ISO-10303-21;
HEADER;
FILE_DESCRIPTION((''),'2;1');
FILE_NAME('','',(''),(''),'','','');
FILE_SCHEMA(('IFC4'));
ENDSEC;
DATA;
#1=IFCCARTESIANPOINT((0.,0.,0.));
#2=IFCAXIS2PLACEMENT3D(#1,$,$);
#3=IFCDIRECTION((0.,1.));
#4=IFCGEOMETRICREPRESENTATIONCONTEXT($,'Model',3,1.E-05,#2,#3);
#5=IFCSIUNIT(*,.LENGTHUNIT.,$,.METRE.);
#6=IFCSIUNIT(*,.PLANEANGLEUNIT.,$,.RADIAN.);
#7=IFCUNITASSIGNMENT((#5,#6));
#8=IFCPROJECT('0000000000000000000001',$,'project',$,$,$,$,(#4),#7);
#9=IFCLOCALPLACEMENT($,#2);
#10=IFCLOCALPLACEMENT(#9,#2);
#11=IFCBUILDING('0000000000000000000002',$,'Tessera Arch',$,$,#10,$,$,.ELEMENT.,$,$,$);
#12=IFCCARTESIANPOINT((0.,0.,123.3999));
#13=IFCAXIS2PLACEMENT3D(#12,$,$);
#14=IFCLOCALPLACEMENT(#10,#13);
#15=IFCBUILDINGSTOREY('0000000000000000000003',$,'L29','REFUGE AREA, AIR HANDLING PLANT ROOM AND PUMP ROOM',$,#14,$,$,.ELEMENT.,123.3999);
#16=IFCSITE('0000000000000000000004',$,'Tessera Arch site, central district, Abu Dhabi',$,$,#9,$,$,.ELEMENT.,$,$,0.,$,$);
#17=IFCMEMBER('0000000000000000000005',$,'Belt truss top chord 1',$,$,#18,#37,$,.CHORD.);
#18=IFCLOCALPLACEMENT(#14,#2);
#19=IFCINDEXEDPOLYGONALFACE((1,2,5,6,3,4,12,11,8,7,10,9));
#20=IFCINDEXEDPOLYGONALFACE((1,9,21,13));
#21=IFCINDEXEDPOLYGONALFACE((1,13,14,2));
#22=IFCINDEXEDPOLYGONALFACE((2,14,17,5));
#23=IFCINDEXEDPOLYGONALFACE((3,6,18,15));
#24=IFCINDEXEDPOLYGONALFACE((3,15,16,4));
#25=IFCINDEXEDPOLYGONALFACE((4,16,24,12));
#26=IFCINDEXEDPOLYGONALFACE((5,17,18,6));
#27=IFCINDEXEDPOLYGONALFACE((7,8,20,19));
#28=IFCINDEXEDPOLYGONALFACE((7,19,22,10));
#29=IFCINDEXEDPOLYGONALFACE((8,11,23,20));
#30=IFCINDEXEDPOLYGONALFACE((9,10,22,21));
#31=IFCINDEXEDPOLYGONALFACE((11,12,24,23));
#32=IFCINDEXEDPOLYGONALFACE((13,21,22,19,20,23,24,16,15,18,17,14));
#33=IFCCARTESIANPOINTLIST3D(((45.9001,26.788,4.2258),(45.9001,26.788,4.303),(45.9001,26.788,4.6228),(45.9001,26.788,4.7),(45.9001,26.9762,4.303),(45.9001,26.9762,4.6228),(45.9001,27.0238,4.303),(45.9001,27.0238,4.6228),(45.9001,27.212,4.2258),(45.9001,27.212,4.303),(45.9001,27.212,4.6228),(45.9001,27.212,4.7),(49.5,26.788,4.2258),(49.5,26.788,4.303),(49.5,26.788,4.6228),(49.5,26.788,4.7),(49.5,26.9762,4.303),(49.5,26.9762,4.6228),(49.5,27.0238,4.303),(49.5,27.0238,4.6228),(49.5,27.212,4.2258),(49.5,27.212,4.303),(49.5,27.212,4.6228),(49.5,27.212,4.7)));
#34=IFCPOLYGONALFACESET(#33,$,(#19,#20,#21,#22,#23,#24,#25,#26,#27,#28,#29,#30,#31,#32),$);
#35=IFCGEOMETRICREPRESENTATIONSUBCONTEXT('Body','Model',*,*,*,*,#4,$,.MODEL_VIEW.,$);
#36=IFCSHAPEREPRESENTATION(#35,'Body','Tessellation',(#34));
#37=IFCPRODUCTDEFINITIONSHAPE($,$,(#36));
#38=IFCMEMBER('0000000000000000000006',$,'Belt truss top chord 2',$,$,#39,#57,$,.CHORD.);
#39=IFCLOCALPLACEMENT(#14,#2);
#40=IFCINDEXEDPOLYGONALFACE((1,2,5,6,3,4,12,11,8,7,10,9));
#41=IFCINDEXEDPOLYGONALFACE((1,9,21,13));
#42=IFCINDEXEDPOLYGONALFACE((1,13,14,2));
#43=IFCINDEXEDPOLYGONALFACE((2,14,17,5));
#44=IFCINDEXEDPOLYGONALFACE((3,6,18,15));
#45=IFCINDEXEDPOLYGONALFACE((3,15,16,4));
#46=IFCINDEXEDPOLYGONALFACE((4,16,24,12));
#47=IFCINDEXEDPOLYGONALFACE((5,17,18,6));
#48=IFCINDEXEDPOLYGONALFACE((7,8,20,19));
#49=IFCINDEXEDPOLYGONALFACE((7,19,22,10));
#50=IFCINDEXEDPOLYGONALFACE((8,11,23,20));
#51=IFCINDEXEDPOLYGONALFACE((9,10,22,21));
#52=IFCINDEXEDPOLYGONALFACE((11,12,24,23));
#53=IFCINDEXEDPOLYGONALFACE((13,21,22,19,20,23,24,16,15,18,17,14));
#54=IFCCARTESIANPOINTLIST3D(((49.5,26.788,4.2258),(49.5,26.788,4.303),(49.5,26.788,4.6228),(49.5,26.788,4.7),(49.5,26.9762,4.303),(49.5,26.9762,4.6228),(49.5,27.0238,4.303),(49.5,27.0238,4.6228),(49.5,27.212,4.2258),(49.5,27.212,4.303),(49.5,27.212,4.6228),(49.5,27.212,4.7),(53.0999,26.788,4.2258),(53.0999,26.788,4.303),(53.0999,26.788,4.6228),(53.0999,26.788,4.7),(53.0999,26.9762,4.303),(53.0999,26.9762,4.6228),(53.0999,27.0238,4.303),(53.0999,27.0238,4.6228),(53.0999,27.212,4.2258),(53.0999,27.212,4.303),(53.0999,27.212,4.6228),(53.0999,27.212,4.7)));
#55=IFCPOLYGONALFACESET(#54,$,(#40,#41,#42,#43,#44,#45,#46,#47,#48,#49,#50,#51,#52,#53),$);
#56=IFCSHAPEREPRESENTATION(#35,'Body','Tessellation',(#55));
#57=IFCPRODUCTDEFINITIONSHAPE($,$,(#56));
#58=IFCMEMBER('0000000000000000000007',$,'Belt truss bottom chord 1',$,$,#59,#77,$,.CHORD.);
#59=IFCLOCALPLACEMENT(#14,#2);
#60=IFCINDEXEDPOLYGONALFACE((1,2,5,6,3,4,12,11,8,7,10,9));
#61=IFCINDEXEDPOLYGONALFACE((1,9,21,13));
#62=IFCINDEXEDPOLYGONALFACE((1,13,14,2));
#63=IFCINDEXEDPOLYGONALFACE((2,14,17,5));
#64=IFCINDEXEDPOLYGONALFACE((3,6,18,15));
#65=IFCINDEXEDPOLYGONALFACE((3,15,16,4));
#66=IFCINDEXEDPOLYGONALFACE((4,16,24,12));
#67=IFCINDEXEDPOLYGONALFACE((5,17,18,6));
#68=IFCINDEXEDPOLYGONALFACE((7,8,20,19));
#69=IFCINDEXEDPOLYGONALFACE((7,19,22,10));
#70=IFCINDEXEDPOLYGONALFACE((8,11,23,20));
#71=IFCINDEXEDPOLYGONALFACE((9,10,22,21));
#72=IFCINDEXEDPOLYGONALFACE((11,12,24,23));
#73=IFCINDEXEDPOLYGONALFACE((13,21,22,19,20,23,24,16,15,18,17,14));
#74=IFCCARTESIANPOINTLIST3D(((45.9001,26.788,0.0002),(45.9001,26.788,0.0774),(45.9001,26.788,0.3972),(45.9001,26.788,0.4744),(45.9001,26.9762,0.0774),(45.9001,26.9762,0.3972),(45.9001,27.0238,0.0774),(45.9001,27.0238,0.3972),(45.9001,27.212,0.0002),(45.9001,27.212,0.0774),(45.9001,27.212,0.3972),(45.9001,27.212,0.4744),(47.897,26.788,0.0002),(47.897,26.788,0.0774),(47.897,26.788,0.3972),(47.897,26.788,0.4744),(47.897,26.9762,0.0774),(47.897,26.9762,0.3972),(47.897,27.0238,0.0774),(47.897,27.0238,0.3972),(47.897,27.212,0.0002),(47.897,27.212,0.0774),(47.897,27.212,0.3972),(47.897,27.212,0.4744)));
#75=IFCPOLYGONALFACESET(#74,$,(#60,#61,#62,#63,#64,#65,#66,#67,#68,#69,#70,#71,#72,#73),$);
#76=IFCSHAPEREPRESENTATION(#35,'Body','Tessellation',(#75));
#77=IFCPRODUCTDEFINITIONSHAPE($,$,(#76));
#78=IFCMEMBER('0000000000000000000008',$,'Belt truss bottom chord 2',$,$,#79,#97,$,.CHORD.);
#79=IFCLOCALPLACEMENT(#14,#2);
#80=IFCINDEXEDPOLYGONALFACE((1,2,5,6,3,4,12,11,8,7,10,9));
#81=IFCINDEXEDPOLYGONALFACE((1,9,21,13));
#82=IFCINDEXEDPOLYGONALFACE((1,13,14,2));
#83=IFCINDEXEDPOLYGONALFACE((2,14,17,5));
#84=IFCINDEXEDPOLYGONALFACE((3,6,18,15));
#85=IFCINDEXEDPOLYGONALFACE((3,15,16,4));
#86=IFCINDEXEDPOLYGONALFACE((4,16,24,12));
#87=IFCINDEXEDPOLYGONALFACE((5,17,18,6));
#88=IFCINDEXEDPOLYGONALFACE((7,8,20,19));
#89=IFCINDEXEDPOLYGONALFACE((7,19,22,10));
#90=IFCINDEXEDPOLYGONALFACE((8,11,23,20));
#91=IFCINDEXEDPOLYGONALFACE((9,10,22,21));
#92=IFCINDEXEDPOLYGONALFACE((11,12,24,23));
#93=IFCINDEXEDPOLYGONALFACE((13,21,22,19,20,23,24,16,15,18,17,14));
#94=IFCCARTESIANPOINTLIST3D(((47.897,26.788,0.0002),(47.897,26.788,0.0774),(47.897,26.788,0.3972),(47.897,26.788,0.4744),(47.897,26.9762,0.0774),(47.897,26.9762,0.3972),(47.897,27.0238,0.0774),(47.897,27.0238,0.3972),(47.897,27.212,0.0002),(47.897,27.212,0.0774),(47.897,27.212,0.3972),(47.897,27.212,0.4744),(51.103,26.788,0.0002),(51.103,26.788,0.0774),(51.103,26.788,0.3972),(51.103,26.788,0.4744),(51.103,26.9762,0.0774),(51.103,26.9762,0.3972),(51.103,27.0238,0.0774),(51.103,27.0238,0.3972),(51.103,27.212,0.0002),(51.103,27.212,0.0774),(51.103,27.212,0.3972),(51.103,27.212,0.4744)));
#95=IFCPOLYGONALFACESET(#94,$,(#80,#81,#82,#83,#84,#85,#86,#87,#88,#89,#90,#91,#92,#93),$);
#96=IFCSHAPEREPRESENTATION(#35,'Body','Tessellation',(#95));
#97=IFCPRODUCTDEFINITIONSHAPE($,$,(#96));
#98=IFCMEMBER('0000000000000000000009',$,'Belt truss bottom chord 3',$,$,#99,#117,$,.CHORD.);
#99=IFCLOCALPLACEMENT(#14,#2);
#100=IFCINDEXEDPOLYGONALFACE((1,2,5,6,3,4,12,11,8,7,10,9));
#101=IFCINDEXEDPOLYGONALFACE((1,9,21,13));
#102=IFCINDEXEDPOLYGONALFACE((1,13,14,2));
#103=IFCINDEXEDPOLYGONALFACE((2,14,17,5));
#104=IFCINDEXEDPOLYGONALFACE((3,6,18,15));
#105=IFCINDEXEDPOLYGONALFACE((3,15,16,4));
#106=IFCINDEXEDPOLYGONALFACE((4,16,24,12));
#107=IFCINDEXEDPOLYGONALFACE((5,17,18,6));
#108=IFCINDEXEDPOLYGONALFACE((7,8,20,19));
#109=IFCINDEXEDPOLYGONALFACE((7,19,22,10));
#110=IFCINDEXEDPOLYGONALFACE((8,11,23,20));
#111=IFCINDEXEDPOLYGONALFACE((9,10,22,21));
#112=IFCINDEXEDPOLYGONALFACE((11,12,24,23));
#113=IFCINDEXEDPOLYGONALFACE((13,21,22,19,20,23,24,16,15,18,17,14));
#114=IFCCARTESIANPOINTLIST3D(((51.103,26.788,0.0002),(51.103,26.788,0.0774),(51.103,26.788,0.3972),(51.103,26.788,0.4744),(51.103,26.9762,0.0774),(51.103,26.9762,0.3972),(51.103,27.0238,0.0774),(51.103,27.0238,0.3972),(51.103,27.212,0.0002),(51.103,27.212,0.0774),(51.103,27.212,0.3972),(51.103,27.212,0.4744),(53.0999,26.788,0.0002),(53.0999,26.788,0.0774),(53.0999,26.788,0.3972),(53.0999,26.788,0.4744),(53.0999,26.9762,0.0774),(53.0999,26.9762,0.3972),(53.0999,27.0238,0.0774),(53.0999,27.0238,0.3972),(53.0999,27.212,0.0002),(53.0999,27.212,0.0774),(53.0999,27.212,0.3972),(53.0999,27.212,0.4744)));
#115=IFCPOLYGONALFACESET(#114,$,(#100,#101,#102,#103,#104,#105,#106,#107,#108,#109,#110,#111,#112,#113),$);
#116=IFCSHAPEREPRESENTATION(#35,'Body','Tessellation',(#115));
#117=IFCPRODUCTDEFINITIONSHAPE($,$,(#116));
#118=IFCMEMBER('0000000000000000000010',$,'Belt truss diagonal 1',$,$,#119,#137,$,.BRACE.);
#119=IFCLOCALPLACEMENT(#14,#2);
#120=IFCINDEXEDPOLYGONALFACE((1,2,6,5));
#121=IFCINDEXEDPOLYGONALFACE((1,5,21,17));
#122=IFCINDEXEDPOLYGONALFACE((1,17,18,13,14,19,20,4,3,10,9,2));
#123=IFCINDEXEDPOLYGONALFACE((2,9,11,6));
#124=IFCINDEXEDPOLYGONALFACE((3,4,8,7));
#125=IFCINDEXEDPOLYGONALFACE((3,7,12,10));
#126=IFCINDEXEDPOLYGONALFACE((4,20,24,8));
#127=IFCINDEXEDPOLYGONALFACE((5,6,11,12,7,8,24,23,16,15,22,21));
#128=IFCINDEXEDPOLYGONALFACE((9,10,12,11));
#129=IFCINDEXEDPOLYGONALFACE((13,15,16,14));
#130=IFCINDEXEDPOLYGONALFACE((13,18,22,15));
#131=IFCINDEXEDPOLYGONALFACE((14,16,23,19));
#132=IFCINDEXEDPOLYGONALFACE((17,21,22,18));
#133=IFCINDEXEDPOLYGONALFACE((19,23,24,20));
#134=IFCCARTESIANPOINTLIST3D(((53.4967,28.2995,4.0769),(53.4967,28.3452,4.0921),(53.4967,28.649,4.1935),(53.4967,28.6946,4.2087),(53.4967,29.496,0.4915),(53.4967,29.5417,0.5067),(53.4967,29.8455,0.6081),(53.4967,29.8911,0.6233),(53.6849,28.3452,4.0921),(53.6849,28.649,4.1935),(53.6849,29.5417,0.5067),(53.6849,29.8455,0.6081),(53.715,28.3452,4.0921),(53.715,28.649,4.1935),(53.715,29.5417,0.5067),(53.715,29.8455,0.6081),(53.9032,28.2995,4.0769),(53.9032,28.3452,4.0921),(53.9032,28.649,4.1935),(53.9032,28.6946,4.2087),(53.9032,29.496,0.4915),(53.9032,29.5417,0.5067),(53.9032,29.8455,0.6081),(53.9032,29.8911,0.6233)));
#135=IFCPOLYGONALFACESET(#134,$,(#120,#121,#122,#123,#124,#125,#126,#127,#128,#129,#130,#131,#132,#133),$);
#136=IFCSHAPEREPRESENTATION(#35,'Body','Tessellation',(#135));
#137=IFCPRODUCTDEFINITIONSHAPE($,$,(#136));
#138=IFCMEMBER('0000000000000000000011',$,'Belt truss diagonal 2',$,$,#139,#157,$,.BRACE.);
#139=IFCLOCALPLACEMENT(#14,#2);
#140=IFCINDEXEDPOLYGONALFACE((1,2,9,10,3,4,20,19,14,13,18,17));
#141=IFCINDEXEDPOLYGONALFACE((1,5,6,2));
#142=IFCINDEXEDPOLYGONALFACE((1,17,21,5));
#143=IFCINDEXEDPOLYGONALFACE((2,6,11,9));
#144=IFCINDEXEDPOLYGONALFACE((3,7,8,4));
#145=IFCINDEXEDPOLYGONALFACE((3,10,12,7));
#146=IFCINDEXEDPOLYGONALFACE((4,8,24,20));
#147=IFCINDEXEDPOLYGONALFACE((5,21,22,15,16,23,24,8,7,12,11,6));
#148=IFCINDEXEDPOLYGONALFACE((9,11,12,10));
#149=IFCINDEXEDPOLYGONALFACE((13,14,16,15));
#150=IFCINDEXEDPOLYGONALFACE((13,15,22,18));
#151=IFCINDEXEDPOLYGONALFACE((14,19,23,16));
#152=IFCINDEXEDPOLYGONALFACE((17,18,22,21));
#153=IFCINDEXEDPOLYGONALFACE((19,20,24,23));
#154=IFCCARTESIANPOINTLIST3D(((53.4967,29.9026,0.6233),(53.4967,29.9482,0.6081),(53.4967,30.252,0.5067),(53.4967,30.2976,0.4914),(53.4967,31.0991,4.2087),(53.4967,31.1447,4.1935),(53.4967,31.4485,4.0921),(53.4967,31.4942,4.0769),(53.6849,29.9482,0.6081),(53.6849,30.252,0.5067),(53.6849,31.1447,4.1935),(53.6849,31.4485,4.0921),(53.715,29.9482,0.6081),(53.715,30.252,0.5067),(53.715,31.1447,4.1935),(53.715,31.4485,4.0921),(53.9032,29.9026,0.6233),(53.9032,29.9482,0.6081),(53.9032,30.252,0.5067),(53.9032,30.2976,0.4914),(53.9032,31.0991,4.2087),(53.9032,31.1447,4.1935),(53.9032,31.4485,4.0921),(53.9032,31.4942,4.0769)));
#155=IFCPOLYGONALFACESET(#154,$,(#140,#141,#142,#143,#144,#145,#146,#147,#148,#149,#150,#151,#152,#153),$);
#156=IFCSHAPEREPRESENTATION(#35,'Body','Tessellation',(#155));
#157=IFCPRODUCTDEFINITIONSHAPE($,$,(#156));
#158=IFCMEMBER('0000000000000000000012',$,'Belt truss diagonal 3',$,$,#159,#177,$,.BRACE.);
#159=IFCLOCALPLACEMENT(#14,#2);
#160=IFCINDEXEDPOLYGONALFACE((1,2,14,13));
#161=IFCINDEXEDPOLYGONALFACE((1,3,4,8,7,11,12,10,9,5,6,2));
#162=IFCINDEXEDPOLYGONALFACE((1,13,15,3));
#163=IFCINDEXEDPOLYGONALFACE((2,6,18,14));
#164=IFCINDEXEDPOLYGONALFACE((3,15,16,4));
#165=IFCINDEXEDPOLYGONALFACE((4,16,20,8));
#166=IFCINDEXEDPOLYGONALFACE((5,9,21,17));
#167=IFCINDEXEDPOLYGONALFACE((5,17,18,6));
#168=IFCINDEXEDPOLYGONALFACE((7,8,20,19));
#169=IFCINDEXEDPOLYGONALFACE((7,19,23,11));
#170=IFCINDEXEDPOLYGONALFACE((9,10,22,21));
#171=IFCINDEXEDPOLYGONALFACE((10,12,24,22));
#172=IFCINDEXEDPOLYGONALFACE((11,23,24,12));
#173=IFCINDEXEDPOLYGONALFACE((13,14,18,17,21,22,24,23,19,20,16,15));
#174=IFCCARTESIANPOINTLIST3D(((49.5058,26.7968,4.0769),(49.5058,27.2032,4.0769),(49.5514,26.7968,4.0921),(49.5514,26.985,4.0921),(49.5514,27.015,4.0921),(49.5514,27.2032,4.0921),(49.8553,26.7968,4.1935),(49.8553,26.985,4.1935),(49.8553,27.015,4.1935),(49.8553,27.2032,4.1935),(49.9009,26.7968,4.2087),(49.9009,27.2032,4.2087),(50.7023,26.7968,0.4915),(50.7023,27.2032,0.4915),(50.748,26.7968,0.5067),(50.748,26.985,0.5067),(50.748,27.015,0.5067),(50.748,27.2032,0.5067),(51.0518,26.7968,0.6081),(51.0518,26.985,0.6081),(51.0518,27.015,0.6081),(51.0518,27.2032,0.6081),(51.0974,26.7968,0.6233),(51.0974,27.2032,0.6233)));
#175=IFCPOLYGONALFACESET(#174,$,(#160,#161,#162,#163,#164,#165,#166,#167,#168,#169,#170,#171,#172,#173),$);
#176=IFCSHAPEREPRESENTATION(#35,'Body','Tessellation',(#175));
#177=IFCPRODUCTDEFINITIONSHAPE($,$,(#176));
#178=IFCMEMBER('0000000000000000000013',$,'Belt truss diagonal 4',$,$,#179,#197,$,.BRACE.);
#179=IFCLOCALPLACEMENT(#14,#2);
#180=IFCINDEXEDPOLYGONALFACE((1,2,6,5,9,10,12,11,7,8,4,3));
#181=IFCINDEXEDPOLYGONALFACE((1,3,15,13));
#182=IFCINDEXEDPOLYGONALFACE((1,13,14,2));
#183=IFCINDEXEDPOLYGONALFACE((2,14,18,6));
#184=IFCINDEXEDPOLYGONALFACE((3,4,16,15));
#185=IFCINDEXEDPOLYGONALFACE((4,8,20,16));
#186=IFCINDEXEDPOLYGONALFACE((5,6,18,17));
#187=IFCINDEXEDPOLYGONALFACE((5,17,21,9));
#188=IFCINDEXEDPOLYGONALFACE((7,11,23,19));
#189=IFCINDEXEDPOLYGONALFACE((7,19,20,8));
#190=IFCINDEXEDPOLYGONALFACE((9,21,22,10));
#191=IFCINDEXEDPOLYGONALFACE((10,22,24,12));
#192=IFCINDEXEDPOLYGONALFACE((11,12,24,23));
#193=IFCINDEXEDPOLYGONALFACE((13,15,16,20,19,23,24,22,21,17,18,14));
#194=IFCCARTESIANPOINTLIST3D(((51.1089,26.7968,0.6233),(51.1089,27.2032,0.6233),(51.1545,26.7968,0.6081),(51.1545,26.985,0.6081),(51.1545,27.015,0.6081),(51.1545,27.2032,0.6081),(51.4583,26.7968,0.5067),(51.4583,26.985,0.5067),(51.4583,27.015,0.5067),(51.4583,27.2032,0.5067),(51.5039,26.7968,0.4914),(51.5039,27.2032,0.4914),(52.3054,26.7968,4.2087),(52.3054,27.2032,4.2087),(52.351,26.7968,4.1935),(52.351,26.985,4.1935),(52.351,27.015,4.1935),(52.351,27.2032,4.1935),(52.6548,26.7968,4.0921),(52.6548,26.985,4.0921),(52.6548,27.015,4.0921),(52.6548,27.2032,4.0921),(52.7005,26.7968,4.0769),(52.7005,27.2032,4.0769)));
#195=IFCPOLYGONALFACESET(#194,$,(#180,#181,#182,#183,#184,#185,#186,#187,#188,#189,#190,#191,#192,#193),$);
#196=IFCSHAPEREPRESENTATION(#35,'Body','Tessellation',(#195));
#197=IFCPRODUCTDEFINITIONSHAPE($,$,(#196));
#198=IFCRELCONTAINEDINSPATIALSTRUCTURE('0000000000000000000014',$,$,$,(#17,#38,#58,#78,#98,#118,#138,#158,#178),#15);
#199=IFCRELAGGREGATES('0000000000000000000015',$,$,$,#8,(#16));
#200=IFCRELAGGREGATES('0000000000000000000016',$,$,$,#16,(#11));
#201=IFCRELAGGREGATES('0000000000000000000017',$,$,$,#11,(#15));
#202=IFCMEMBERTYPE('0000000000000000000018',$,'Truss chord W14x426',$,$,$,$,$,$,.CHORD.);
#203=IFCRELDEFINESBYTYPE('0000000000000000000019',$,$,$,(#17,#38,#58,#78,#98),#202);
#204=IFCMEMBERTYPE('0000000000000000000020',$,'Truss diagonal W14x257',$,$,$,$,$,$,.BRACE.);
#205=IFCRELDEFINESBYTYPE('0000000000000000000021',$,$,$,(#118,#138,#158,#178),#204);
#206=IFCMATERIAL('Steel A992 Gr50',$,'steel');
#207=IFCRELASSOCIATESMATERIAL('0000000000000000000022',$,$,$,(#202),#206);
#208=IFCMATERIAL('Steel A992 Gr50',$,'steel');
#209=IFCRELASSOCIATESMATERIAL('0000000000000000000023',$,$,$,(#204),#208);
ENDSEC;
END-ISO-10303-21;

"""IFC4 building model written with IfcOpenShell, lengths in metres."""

from ifc_helpers import new_model, si_unit, direction, frame, origin, origin_2d, place, context, subcontext, project, spatial, i_section, extrude, material, material_profile, profile_set, type_object, element, save


model = new_model("IFC4")

# Units and contexts
model_context = context("Model", 3, precision=1e-05, world=origin(), true_north=direction((0.0, 1.0)))
body_context = subcontext(model_context, "Body", "Model", "MODEL_VIEW")
ifc_project = project(units=[si_unit("LENGTHUNIT", "METRE"), si_unit("PLANEANGLEUNIT", "RADIAN")], contexts=[model_context])

# Site, building, storey
site_placement = place(None, origin())
site = spatial("IfcSite", under=ifc_project, at=site_placement, Name="Tessera Arch site, central district, Abu Dhabi", CompositionType="ELEMENT", RefElevation=0.0)
building_placement = place(site_placement, origin())
building = spatial("IfcBuilding", under=site, at=building_placement, Name="Tessera Arch", CompositionType="ELEMENT")
storey_placement = place(building_placement, frame((0.0, 0.0, 123.3999)))
storey = spatial("IfcBuildingStorey", under=building, at=storey_placement, Name="L29", Description="REFUGE AREA, AIR HANDLING PLANT ROOM AND PUMP ROOM", CompositionType="ELEMENT", Elevation=123.3999)

# Members
ifc_material_1 = material(Name="Steel A992 Gr50", Category="steel")
ifc_material_profile_1 = material_profile(ifc_material_1, i_section(OverallWidth=0.4241, OverallDepth=0.4741, WebThickness=0.0476, FlangeThickness=0.0771, at=origin_2d()), Name="W14x426")
ifc_profile_set_1 = profile_set([ifc_material_profile_1], Name="Steel A992 Gr50")
member_type_1 = type_object("IfcMemberType", Name="Truss chord W14x426", PredefinedType="CHORD", material=ifc_profile_set_1)
for number, where, z_axis, x_axis, name in (
    (1, (45.9001, 27.0, 4.4629), (1.0, 0.0, 0.0), (0.0, 1.0, 0.0), "Belt truss top chord 1"),
    (2, (49.5, 27.0, 4.4629), (1.0, 0.0, 0.0), (0.0, 1.0, 0.0), "Belt truss top chord 2"),
):
    element("IfcMember", number, at=place(storey_placement, frame(where, z_axis=z_axis, x_axis=x_axis)), inside=storey, type_object=member_type_1, Name=name, PredefinedType="CHORD", context=body_context, shape_type="SweptSolid", body=[
        extrude(i_section(OverallWidth=0.4241, OverallDepth=0.4741, WebThickness=0.0476, FlangeThickness=0.0771, at=origin_2d()), origin(), (0.0, 0.0, 1.0), 3.5999),
    ])
member_1_placement = place(storey_placement, frame((45.9001, 27.0, 0.2373), z_axis=(1.0, 0.0, 0.0), x_axis=(0.0, 1.0, 0.0)))
element("IfcMember", 3, at=member_1_placement, inside=storey, type_object=member_type_1, Name="Belt truss bottom chord 1", PredefinedType="CHORD", context=body_context, shape_type="SweptSolid", body=[
    extrude(i_section(OverallWidth=0.4241, OverallDepth=0.4741, WebThickness=0.0476, FlangeThickness=0.0771, at=origin_2d()), origin(), (0.0, 0.0, 1.0), 1.9968),
])
member_2_placement = place(storey_placement, frame((47.897, 27.0, 0.2373), z_axis=(1.0, 0.0, 0.0), x_axis=(0.0, 1.0, 0.0)))
element("IfcMember", 4, at=member_2_placement, inside=storey, type_object=member_type_1, Name="Belt truss bottom chord 2", PredefinedType="CHORD", context=body_context, shape_type="SweptSolid", body=[
    extrude(i_section(OverallWidth=0.4241, OverallDepth=0.4741, WebThickness=0.0476, FlangeThickness=0.0771, at=origin_2d()), origin(), (0.0, 0.0, 1.0), 3.2061),
])
member_3_placement = place(storey_placement, frame((51.103, 27.0, 0.2373), z_axis=(1.0, 0.0, 0.0), x_axis=(0.0, 1.0, 0.0)))
element("IfcMember", 5, at=member_3_placement, inside=storey, type_object=member_type_1, Name="Belt truss bottom chord 3", PredefinedType="CHORD", context=body_context, shape_type="SweptSolid", body=[
    extrude(i_section(OverallWidth=0.4241, OverallDepth=0.4741, WebThickness=0.0476, FlangeThickness=0.0771, at=origin_2d()), origin(), (0.0, 0.0, 1.0), 1.9968),
])
ifc_material_2 = material(Name="Steel A992 Gr50", Category="steel")
ifc_material_profile_2 = material_profile(ifc_material_2, i_section(OverallWidth=0.4065, OverallDepth=0.4165, WebThickness=0.03, FlangeThickness=0.0481, at=origin_2d()), Name="W14x257")
ifc_profile_set_2 = profile_set([ifc_material_profile_2], Name="Steel A992 Gr50")
member_type_2 = type_object("IfcMemberType", Name="Truss diagonal W14x257", PredefinedType="BRACE", material=ifc_profile_set_2)
for number, where, z_axis, x_axis, name in (
    (6, (53.7, 28.4971, 4.1428), (0.0, 0.316557, -0.948573), (-1.0, 0.0, 0.0), "Belt truss diagonal 1"),
    (7, (53.7, 30.1001, 0.5574), (0.0, 0.316557, 0.948573), (-1.0, 0.0, 0.0), "Belt truss diagonal 2"),
    (8, (49.7034, 27.0, 4.1428), (0.316557, 0.0, -0.948573), (0.0, 1.0, 0.0), "Belt truss diagonal 3"),
    (9, (51.3064, 27.0, 0.5574), (0.316557, 0.0, 0.948573), (0.0, 1.0, 0.0), "Belt truss diagonal 4"),
):
    element("IfcMember", number, at=place(storey_placement, frame(where, z_axis=z_axis, x_axis=x_axis)), inside=storey, type_object=member_type_2, Name=name, PredefinedType="BRACE", context=body_context, shape_type="SweptSolid", body=[
        extrude(i_section(OverallWidth=0.4065, OverallDepth=0.4165, WebThickness=0.03, FlangeThickness=0.0481, at=origin_2d()), origin(), (0.0, 0.0, 1.0), 3.7798),
    ])

save(model, "model.ifc")
